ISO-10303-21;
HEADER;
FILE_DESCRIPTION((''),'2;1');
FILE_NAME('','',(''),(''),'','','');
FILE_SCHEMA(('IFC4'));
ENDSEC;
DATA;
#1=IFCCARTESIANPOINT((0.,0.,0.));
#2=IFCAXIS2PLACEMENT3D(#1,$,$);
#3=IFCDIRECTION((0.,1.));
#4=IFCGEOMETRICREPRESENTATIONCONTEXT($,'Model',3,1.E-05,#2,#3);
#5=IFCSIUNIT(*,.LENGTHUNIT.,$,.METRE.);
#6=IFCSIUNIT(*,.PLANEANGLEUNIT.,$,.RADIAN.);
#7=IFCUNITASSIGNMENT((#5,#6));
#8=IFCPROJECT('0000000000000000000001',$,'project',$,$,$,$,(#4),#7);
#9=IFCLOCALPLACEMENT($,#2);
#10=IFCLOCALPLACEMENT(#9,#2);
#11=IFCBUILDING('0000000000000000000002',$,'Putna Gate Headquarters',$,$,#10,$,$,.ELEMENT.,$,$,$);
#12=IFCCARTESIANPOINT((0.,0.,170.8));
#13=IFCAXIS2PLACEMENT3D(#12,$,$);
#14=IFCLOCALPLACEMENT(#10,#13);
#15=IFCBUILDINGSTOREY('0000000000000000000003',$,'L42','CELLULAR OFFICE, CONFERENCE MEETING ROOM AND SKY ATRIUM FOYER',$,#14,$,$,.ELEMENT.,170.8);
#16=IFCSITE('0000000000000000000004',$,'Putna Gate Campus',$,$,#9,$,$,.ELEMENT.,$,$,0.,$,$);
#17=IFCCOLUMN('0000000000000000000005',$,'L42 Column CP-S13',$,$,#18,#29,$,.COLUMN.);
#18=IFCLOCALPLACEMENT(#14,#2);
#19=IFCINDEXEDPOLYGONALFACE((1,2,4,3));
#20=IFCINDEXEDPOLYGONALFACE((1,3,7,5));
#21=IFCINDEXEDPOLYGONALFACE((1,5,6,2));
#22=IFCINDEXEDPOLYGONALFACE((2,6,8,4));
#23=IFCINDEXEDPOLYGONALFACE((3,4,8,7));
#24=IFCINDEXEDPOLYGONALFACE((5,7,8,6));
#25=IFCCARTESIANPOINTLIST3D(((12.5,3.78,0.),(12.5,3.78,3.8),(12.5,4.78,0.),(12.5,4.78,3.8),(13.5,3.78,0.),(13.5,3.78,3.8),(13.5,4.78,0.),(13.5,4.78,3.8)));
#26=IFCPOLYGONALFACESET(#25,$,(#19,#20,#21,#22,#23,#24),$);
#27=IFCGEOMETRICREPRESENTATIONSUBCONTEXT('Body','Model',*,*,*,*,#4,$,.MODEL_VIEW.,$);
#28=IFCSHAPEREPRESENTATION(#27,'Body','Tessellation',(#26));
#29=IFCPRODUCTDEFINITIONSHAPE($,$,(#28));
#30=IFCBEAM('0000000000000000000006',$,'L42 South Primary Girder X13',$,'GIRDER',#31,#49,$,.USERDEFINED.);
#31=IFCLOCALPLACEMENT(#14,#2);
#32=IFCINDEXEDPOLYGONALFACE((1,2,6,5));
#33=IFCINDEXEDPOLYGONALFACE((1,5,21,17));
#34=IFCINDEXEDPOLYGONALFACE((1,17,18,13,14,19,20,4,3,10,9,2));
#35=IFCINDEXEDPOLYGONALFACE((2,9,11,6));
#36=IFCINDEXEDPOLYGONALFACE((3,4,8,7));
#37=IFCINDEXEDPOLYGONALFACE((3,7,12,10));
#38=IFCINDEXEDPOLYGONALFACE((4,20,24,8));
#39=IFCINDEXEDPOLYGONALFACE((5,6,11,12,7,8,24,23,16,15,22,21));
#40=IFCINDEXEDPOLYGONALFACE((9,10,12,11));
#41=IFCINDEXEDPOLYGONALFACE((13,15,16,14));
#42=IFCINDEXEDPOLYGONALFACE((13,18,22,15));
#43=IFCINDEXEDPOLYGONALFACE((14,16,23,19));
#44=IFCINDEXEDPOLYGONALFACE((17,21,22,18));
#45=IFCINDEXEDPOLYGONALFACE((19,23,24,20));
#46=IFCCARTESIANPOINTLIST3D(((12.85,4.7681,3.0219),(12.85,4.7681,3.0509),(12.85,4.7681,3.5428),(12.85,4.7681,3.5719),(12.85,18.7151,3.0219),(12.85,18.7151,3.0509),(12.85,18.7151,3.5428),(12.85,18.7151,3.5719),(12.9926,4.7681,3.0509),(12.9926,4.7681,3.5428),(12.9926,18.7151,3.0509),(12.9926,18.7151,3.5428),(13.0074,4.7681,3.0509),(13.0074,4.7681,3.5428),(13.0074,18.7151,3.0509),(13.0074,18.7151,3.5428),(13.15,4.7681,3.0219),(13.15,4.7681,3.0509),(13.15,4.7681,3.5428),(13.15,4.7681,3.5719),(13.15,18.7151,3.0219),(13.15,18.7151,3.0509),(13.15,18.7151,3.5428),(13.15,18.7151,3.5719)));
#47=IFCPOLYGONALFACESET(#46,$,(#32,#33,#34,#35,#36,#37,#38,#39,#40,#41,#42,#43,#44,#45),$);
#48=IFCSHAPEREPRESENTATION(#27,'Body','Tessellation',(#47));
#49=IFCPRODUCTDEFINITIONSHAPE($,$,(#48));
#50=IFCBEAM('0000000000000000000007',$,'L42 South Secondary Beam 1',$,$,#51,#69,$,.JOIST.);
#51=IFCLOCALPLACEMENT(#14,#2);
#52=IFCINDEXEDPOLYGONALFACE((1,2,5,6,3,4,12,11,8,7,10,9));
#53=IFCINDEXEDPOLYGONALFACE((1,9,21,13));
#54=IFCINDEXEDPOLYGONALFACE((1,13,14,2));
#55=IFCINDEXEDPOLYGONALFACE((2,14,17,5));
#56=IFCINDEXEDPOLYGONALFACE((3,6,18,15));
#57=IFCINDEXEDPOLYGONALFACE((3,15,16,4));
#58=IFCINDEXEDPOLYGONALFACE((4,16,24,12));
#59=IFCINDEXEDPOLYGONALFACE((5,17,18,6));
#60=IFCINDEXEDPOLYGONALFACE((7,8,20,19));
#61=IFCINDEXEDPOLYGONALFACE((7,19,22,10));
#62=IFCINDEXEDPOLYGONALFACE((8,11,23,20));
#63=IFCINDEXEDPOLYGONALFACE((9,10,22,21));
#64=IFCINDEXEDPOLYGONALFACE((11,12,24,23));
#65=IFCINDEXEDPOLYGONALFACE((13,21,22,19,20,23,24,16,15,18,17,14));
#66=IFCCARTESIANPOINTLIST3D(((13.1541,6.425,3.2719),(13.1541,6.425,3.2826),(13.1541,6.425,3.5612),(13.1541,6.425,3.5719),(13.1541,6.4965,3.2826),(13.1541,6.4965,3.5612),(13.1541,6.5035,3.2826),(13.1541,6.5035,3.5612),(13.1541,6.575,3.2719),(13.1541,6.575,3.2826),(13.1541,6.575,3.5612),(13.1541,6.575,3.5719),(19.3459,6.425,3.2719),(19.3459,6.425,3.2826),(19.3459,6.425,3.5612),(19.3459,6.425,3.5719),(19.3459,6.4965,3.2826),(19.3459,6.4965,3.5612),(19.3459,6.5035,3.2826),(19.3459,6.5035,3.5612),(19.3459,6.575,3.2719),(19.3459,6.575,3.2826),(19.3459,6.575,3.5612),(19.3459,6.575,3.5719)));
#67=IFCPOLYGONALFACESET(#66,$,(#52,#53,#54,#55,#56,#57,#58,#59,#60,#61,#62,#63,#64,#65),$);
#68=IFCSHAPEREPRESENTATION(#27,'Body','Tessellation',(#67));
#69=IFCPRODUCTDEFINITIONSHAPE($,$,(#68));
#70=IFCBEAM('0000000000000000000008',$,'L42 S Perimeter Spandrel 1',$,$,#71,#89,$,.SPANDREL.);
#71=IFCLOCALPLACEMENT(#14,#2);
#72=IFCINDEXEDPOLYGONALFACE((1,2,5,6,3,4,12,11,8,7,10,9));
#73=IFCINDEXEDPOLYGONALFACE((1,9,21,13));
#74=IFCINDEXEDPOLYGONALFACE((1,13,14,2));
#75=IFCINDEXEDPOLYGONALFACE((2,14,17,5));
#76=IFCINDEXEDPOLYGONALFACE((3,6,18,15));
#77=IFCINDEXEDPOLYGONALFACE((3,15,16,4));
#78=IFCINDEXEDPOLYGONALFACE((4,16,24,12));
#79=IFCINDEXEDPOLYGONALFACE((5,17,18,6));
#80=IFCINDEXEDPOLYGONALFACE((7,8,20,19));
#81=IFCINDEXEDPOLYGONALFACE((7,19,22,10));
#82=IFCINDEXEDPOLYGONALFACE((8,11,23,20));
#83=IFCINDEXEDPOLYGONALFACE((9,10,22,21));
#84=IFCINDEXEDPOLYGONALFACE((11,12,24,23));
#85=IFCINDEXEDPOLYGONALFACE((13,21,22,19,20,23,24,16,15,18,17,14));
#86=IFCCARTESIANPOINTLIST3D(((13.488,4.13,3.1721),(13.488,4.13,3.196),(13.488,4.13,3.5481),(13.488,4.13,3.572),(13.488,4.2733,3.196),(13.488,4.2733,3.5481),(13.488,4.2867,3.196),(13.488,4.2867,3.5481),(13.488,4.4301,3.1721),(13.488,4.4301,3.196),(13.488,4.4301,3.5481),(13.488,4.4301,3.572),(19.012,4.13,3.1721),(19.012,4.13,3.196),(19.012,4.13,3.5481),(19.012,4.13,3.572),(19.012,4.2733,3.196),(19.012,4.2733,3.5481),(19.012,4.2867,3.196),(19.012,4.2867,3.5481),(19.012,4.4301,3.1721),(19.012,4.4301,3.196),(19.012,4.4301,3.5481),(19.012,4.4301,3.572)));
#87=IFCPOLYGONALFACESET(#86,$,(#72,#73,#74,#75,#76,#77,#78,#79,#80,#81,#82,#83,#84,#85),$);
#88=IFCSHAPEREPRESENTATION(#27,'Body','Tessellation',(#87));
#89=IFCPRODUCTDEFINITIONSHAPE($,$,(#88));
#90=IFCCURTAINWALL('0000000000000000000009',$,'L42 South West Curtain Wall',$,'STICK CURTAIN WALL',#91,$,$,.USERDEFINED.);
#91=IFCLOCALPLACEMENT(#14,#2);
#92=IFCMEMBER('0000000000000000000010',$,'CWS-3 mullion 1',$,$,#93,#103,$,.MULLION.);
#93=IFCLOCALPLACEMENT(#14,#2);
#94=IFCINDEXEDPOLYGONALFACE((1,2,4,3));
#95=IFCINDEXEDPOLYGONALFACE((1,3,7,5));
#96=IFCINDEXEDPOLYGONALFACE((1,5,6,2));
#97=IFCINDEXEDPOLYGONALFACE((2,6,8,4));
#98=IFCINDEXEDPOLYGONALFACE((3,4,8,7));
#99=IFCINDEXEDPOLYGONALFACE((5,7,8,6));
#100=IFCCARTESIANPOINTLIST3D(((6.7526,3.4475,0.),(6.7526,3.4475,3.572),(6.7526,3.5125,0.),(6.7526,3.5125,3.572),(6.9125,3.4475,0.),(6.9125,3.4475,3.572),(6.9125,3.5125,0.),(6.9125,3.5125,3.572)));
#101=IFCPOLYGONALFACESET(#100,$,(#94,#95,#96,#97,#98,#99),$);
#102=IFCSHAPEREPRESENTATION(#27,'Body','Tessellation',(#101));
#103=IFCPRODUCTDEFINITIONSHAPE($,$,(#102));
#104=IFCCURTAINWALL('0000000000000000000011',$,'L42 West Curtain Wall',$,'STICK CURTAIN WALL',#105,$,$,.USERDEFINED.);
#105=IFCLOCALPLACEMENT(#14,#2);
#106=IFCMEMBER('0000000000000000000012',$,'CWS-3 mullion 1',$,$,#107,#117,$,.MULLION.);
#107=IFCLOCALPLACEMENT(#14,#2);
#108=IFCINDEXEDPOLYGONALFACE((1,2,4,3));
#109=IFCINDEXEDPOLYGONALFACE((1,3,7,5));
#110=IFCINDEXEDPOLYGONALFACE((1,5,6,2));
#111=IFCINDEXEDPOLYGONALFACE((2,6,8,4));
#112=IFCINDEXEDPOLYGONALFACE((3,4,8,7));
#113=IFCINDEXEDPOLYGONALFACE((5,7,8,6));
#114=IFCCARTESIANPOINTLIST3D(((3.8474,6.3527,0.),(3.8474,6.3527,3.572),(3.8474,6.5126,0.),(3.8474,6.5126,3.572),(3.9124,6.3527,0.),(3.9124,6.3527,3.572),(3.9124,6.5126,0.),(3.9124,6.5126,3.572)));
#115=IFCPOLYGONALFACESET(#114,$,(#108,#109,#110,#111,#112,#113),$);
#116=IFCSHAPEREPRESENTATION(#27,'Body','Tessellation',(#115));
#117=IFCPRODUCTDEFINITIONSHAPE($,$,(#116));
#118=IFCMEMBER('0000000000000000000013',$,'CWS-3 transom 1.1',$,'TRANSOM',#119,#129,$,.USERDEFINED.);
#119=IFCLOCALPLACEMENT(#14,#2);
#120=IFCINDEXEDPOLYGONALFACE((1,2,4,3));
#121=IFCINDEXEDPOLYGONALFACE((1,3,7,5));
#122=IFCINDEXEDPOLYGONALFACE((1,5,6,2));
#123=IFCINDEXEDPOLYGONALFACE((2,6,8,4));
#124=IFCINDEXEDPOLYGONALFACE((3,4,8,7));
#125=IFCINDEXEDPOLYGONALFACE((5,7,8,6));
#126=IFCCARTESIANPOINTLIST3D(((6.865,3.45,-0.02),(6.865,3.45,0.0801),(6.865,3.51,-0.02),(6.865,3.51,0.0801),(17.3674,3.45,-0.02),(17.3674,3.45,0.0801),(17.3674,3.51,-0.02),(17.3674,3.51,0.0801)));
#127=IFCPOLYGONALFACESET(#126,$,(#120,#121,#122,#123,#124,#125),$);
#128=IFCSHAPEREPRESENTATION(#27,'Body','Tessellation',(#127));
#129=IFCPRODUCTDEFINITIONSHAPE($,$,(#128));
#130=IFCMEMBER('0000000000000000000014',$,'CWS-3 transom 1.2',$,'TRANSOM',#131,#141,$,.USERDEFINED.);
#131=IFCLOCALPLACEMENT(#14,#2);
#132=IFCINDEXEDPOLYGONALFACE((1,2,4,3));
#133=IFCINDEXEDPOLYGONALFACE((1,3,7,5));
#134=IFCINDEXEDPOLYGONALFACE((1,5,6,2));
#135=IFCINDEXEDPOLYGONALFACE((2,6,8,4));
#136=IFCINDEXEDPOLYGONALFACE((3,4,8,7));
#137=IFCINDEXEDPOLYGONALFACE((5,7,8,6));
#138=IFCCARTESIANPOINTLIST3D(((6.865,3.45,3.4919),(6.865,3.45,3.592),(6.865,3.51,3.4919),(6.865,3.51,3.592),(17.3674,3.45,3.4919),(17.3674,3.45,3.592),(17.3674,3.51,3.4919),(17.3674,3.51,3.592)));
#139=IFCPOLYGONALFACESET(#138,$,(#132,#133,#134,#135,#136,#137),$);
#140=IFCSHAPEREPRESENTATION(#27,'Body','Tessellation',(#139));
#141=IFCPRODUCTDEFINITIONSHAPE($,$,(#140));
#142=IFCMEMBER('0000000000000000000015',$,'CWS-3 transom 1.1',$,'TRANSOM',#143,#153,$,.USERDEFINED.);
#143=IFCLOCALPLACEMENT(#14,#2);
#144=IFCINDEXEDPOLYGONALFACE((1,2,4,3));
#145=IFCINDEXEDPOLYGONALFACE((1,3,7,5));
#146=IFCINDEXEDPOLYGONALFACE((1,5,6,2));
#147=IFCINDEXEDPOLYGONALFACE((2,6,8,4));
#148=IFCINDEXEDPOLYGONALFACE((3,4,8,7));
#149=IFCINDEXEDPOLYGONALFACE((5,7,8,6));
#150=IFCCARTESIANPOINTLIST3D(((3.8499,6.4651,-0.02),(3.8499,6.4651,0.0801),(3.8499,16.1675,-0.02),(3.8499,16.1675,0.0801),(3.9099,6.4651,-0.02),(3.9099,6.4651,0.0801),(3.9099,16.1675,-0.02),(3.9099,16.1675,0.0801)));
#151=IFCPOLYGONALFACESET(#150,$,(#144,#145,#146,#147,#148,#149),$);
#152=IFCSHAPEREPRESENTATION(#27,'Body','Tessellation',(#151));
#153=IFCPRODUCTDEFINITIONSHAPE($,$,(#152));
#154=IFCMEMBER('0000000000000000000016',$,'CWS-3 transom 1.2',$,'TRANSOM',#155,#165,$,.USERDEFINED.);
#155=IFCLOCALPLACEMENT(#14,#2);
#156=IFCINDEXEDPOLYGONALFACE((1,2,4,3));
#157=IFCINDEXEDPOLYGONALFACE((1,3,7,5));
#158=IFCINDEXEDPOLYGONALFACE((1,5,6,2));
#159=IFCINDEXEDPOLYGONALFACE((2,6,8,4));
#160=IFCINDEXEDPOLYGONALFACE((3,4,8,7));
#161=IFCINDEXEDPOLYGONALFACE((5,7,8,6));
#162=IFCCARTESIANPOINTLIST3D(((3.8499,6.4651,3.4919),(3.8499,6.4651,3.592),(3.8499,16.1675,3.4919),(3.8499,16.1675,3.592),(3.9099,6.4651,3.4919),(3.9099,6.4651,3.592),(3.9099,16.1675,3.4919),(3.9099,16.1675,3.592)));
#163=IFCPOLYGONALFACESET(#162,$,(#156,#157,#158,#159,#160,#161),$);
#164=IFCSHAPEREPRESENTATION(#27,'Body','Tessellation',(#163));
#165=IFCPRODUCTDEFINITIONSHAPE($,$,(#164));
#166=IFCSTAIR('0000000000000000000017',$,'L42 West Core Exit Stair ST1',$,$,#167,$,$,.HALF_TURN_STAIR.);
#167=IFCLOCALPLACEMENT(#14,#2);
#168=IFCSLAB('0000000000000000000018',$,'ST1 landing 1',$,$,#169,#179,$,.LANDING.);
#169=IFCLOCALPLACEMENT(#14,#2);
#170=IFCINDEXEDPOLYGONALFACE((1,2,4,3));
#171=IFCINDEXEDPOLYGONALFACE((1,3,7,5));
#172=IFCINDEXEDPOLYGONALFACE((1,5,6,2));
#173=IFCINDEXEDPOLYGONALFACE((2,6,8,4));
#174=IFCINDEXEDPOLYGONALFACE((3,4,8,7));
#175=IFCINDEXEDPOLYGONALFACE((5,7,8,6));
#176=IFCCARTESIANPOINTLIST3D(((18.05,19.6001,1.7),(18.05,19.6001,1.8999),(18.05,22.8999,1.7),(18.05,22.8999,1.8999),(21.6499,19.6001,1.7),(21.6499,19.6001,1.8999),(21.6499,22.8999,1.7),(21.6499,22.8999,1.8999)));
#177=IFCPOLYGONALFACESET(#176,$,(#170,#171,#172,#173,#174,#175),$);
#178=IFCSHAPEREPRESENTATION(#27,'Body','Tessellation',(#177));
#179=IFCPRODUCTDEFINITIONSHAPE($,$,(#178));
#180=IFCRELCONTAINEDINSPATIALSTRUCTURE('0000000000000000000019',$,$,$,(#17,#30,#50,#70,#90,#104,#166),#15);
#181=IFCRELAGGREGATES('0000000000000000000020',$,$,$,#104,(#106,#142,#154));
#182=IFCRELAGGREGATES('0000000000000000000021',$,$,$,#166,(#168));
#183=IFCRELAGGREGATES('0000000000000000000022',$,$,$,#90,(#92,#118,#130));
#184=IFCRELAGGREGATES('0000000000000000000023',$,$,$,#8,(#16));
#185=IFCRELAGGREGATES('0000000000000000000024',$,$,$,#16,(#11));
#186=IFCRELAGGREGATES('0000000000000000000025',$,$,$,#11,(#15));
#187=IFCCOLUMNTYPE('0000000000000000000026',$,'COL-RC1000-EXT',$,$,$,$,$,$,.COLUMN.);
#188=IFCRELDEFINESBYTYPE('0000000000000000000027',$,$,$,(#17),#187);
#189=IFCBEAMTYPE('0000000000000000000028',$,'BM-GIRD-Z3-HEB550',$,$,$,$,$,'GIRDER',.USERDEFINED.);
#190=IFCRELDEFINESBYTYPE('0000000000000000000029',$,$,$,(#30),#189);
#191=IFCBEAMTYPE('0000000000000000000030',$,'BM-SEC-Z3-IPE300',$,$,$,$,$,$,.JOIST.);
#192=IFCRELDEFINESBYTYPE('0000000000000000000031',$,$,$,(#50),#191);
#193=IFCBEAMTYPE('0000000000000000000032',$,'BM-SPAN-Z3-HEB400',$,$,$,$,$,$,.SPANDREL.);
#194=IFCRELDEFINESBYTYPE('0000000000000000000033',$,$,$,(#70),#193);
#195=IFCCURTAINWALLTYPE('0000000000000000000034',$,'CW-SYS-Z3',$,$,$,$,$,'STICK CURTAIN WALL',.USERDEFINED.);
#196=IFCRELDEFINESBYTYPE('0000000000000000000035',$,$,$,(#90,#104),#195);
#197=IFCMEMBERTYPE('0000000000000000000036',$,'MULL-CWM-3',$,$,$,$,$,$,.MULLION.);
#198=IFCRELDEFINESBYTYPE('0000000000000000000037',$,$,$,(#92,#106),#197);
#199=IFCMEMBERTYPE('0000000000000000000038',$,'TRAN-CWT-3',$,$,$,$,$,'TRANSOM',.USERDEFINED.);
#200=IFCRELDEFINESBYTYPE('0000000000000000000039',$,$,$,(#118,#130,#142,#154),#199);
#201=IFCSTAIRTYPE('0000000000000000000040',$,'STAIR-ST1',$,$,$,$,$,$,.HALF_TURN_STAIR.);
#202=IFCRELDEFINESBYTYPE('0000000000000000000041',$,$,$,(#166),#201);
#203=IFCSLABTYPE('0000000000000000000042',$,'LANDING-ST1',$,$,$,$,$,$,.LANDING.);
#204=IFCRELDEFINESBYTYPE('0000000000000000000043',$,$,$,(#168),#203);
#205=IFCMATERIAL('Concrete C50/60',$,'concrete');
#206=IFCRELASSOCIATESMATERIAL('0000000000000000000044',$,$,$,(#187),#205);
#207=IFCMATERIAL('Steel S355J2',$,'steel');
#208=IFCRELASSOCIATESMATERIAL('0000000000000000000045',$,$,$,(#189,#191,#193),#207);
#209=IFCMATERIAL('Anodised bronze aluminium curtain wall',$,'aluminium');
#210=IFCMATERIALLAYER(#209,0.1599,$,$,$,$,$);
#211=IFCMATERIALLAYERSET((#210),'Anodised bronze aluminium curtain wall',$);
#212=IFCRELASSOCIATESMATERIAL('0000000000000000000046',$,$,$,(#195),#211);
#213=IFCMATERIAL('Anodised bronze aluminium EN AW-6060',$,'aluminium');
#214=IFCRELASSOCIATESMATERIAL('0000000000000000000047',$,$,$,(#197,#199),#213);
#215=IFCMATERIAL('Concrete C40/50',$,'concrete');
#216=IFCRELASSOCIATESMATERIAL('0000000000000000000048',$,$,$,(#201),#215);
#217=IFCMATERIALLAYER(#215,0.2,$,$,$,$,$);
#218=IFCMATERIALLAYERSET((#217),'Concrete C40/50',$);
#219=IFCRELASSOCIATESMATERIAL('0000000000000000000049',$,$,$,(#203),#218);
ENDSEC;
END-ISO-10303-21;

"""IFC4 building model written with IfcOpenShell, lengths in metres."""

from ifc_helpers import new_model, si_unit, direction, frame, origin, origin_2d, place, context, subcontext, project, spatial, polyline, rectangle, i_section, outline, extrude, material, layer, layer_set, material_profile, profile_set, type_object, element, aggregate, save


model = new_model("IFC4")

# Units and contexts
model_context = context("Model", 3, precision=1e-05, world=origin(), true_north=direction((0.0, 1.0)))
body_context = subcontext(model_context, "Body", "Model", "MODEL_VIEW")
ifc_project = project(units=[si_unit("LENGTHUNIT", "METRE"), si_unit("PLANEANGLEUNIT", "RADIAN")], contexts=[model_context])

# Site, building, storey
site_placement = place(None, origin())
site = spatial("IfcSite", under=ifc_project, at=site_placement, Name="Putna Gate Campus", CompositionType="ELEMENT", RefElevation=0.0)
building_placement = place(site_placement, origin())
building = spatial("IfcBuilding", under=site, at=building_placement, Name="Putna Gate Headquarters", CompositionType="ELEMENT")
storey_placement = place(building_placement, frame((0.0, 0.0, 170.8)))
storey = spatial("IfcBuildingStorey", under=building, at=storey_placement, Name="L42", Description="CELLULAR OFFICE, CONFERENCE MEETING ROOM AND SKY ATRIUM FOYER", CompositionType="ELEMENT", Elevation=170.8)

# Column
ifc_material_1 = material(Name="Concrete C50/60", Category="concrete")
ifc_material_profile_1 = material_profile(ifc_material_1, rectangle(XDim=1.0, YDim=1.0, at=origin_2d()), Name="Concrete C50/60")
ifc_profile_set_1 = profile_set([ifc_material_profile_1], Name="Concrete C50/60")
column_type = type_object("IfcColumnType", Name="COL-RC1000-EXT", PredefinedType="COLUMN", material=ifc_profile_set_1)
column_placement = place(storey_placement, frame((13.0, 4.28, 0.0), z_axis=(0.0, 0.0, 1.0), x_axis=(1.0, 0.0, 0.0)))
element("IfcColumn", 1, at=column_placement, inside=storey, type_object=column_type, Name="L42 Column CP-S13", PredefinedType="COLUMN", context=body_context, shape_type="SweptSolid", body=[
    extrude(rectangle(XDim=1.0, YDim=1.0, at=origin_2d()), origin(), (0.0, 0.0, 1.0), 3.8),
])

# Beams
ifc_material_2 = material(Name="Steel S355J2", Category="steel")
ifc_material_profile_2 = material_profile(ifc_material_2, i_section(OverallWidth=0.3, OverallDepth=0.55, WebThickness=0.0149, FlangeThickness=0.0291, at=origin_2d()), Name="Steel S355J2")
ifc_profile_set_2 = profile_set([ifc_material_profile_2], Name="Steel S355J2")
beam_type_1 = type_object("IfcBeamType", Name="BM-GIRD-Z3-HEB550", ElementType="GIRDER", PredefinedType="USERDEFINED", material=ifc_profile_set_2)
beam_1_placement = place(storey_placement, frame((13.0, 4.7681, 3.2969), z_axis=(0.0, 1.0, 0.0), x_axis=(-1.0, 0.0, 0.0)))
element("IfcBeam", 2, at=beam_1_placement, inside=storey, type_object=beam_type_1, Name="L42 South Primary Girder X13", ObjectType="GIRDER", PredefinedType="USERDEFINED", context=body_context, shape_type="SweptSolid", body=[
    extrude(i_section(OverallWidth=0.3, OverallDepth=0.55, WebThickness=0.0149, FlangeThickness=0.0291, at=origin_2d()), origin(), (0.0, 0.0, 1.0), 13.947),
])
ifc_material_profile_3 = material_profile(ifc_material_2, i_section(OverallWidth=0.1499, OverallDepth=0.3, WebThickness=0.0071, FlangeThickness=0.0107, at=origin_2d()), Name="Steel S355J2")
ifc_profile_set_3 = profile_set([ifc_material_profile_3], Name="Steel S355J2")
beam_type_2 = type_object("IfcBeamType", Name="BM-SEC-Z3-IPE300", PredefinedType="JOIST", material=ifc_profile_set_3)
beam_2_placement = place(storey_placement, frame((13.1541, 6.5, 3.4219), z_axis=(1.0, 0.0, 0.0), x_axis=(0.0, 1.0, 0.0)))
element("IfcBeam", 3, at=beam_2_placement, inside=storey, type_object=beam_type_2, Name="L42 South Secondary Beam 1", PredefinedType="JOIST", context=body_context, shape_type="SweptSolid", body=[
    extrude(i_section(OverallWidth=0.1499, OverallDepth=0.3, WebThickness=0.0071, FlangeThickness=0.0107, at=origin_2d()), origin(), (0.0, 0.0, 1.0), 6.1919),
])
ifc_material_profile_4 = material_profile(ifc_material_2, i_section(OverallWidth=0.3, OverallDepth=0.3999, WebThickness=0.0134, FlangeThickness=0.0239, at=origin_2d()), Name="Steel S355J2")
ifc_profile_set_4 = profile_set([ifc_material_profile_4], Name="Steel S355J2")
beam_type_3 = type_object("IfcBeamType", Name="BM-SPAN-Z3-HEB400", PredefinedType="SPANDREL", material=ifc_profile_set_4)
beam_3_placement = place(storey_placement, frame((13.488, 4.28, 3.3721), z_axis=(1.0, 0.0, 0.0), x_axis=(0.0, 1.0, 0.0)))
element("IfcBeam", 4, at=beam_3_placement, inside=storey, type_object=beam_type_3, Name="L42 S Perimeter Spandrel 1", PredefinedType="SPANDREL", context=body_context, shape_type="SweptSolid", body=[
    extrude(i_section(OverallWidth=0.3, OverallDepth=0.3999, WebThickness=0.0134, FlangeThickness=0.0239, at=origin_2d()), origin(), (0.0, 0.0, 1.0), 5.5239),
])

# Curtain walls, members
ifc_material_3 = material(Name="Anodised bronze aluminium curtain wall", Category="aluminium")
ifc_layer_1 = layer(ifc_material_3, 0.1599)
ifc_layer_set_1 = layer_set([ifc_layer_1], Name="Anodised bronze aluminium curtain wall")
curtain_wall_type = type_object("IfcCurtainWallType", Name="CW-SYS-Z3", ElementType="STICK CURTAIN WALL", PredefinedType="USERDEFINED", material=ifc_layer_set_1)
curtain_wall_1_placement = place(storey_placement, origin())
curtain_wall_1 = element("IfcCurtainWall", 5, at=curtain_wall_1_placement, inside=storey, type_object=curtain_wall_type, Name="L42 South West Curtain Wall", ObjectType="STICK CURTAIN WALL", PredefinedType="USERDEFINED")
ifc_material_4 = material(Name="Anodised bronze aluminium EN AW-6060", Category="aluminium")
ifc_material_profile_5 = material_profile(ifc_material_4, rectangle(XDim=0.0649, YDim=0.1599, at=origin_2d()), Name="Anodised bronze aluminium EN AW-6060")
ifc_profile_set_5 = profile_set([ifc_material_profile_5], Name="Anodised bronze aluminium EN AW-6060")
member_type_1 = type_object("IfcMemberType", Name="MULL-CWM-3", PredefinedType="MULLION", material=ifc_profile_set_5)
member_1_placement = place(storey_placement, frame((6.8325, 3.48, 0.0), z_axis=(0.0, 0.0, 1.0), x_axis=(0.0, 1.0, 0.0)))
member_1 = element("IfcMember", 6, at=member_1_placement, type_object=member_type_1, Name="CWS-3 mullion 1", PredefinedType="MULLION", context=body_context, shape_type="SweptSolid", body=[
    extrude(rectangle(XDim=0.0649, YDim=0.1599, at=origin_2d()), origin(), (0.0, 0.0, 1.0), 3.572),
])
curtain_wall_2_placement = place(storey_placement, origin())
curtain_wall_2 = element("IfcCurtainWall", 7, at=curtain_wall_2_placement, inside=storey, type_object=curtain_wall_type, Name="L42 West Curtain Wall", ObjectType="STICK CURTAIN WALL", PredefinedType="USERDEFINED")
member_2_placement = place(storey_placement, frame((3.8799, 6.4326, 0.0), z_axis=(0.0, 0.0, 1.0), x_axis=(-1.0, 0.0, 0.0)))
member_2 = element("IfcMember", 8, at=member_2_placement, type_object=member_type_1, Name="CWS-3 mullion 1", PredefinedType="MULLION", context=body_context, shape_type="SweptSolid", body=[
    extrude(rectangle(XDim=0.0649, YDim=0.1599, at=origin_2d()), origin(), (0.0, 0.0, 1.0), 3.572),
])

# Members
ifc_material_profile_6 = material_profile(ifc_material_4, rectangle(XDim=0.0601, YDim=0.1001, at=origin_2d()), Name="Anodised bronze aluminium EN AW-6060")
ifc_profile_set_6 = profile_set([ifc_material_profile_6], Name="Anodised bronze aluminium EN AW-6060")
member_type_2 = type_object("IfcMemberType", Name="TRAN-CWT-3", ElementType="TRANSOM", PredefinedType="USERDEFINED", material=ifc_profile_set_6)
member_3_placement = place(storey_placement, frame((6.865, 3.48, 0.03), z_axis=(1.0, 0.0, 0.0), x_axis=(0.0, 1.0, 0.0)))
member_3 = element("IfcMember", 9, at=member_3_placement, type_object=member_type_2, Name="CWS-3 transom 1.1", ObjectType="TRANSOM", PredefinedType="USERDEFINED", context=body_context, shape_type="SweptSolid", body=[
    extrude(rectangle(XDim=0.0601, YDim=0.1001, at=origin_2d()), origin(), (0.0, 0.0, 1.0), 10.5024),
])
member_4_placement = place(storey_placement, frame((6.865, 3.48, 3.542), z_axis=(1.0, 0.0, 0.0), x_axis=(0.0, 1.0, 0.0)))
member_4 = element("IfcMember", 10, at=member_4_placement, type_object=member_type_2, Name="CWS-3 transom 1.2", ObjectType="TRANSOM", PredefinedType="USERDEFINED", context=body_context, shape_type="SweptSolid", body=[
    extrude(rectangle(XDim=0.0601, YDim=0.1001, at=origin_2d()), origin(), (0.0, 0.0, 1.0), 10.5024),
])
member_5_placement = place(storey_placement, frame((3.8799, 6.4651, 0.03), z_axis=(0.0, 1.0, 0.0), x_axis=(-1.0, 0.0, 0.0)))
member_5 = element("IfcMember", 11, at=member_5_placement, type_object=member_type_2, Name="CWS-3 transom 1.1", ObjectType="TRANSOM", PredefinedType="USERDEFINED", context=body_context, shape_type="SweptSolid", body=[
    extrude(rectangle(XDim=0.0601, YDim=0.1001, at=origin_2d()), origin(), (0.0, 0.0, 1.0), 9.7024),
])
member_6_placement = place(storey_placement, frame((3.8799, 6.4651, 3.542), z_axis=(0.0, 1.0, 0.0), x_axis=(-1.0, 0.0, 0.0)))
member_6 = element("IfcMember", 12, at=member_6_placement, type_object=member_type_2, Name="CWS-3 transom 1.2", ObjectType="TRANSOM", PredefinedType="USERDEFINED", context=body_context, shape_type="SweptSolid", body=[
    extrude(rectangle(XDim=0.0601, YDim=0.1001, at=origin_2d()), origin(), (0.0, 0.0, 1.0), 9.7024),
])
aggregate(curtain_wall_2, [member_2, member_5, member_6])

# Stair, slab
ifc_material_5 = material(Name="Concrete C40/50", Category="concrete")
stair_type_1 = type_object("IfcStairType", Name="STAIR-ST1", PredefinedType="HALF_TURN_STAIR", material=ifc_material_5)
stair_1_placement = place(storey_placement, origin())
stair_1 = element("IfcStair", 13, at=stair_1_placement, inside=storey, type_object=stair_type_1, Name="L42 West Core Exit Stair ST1", PredefinedType="HALF_TURN_STAIR")
ifc_layer_2 = layer(ifc_material_5, 0.2)
ifc_layer_set_2 = layer_set([ifc_layer_2], Name="Concrete C40/50")
slab_type_1 = type_object("IfcSlabType", Name="LANDING-ST1", PredefinedType="LANDING", material=ifc_layer_set_2)
slab_1_placement = place(storey_placement, frame((0.0, 0.0, 1.7)))
slab_1 = element("IfcSlab", 14, at=slab_1_placement, type_object=slab_type_1, Name="ST1 landing 1", PredefinedType="LANDING", context=body_context, shape_type="SweptSolid", body=[
    extrude(outline(polyline([(18.05, 19.6001), (21.6499, 19.6001), (21.6499, 22.8999), (18.05, 22.8999), (18.05, 19.6001)])), origin(), (0.0, 0.0, 1.0), 0.2),
])
aggregate(stair_1, [slab_1])

aggregate(curtain_wall_1, [member_1, member_3, member_4])

save(model, "model.ifc")
